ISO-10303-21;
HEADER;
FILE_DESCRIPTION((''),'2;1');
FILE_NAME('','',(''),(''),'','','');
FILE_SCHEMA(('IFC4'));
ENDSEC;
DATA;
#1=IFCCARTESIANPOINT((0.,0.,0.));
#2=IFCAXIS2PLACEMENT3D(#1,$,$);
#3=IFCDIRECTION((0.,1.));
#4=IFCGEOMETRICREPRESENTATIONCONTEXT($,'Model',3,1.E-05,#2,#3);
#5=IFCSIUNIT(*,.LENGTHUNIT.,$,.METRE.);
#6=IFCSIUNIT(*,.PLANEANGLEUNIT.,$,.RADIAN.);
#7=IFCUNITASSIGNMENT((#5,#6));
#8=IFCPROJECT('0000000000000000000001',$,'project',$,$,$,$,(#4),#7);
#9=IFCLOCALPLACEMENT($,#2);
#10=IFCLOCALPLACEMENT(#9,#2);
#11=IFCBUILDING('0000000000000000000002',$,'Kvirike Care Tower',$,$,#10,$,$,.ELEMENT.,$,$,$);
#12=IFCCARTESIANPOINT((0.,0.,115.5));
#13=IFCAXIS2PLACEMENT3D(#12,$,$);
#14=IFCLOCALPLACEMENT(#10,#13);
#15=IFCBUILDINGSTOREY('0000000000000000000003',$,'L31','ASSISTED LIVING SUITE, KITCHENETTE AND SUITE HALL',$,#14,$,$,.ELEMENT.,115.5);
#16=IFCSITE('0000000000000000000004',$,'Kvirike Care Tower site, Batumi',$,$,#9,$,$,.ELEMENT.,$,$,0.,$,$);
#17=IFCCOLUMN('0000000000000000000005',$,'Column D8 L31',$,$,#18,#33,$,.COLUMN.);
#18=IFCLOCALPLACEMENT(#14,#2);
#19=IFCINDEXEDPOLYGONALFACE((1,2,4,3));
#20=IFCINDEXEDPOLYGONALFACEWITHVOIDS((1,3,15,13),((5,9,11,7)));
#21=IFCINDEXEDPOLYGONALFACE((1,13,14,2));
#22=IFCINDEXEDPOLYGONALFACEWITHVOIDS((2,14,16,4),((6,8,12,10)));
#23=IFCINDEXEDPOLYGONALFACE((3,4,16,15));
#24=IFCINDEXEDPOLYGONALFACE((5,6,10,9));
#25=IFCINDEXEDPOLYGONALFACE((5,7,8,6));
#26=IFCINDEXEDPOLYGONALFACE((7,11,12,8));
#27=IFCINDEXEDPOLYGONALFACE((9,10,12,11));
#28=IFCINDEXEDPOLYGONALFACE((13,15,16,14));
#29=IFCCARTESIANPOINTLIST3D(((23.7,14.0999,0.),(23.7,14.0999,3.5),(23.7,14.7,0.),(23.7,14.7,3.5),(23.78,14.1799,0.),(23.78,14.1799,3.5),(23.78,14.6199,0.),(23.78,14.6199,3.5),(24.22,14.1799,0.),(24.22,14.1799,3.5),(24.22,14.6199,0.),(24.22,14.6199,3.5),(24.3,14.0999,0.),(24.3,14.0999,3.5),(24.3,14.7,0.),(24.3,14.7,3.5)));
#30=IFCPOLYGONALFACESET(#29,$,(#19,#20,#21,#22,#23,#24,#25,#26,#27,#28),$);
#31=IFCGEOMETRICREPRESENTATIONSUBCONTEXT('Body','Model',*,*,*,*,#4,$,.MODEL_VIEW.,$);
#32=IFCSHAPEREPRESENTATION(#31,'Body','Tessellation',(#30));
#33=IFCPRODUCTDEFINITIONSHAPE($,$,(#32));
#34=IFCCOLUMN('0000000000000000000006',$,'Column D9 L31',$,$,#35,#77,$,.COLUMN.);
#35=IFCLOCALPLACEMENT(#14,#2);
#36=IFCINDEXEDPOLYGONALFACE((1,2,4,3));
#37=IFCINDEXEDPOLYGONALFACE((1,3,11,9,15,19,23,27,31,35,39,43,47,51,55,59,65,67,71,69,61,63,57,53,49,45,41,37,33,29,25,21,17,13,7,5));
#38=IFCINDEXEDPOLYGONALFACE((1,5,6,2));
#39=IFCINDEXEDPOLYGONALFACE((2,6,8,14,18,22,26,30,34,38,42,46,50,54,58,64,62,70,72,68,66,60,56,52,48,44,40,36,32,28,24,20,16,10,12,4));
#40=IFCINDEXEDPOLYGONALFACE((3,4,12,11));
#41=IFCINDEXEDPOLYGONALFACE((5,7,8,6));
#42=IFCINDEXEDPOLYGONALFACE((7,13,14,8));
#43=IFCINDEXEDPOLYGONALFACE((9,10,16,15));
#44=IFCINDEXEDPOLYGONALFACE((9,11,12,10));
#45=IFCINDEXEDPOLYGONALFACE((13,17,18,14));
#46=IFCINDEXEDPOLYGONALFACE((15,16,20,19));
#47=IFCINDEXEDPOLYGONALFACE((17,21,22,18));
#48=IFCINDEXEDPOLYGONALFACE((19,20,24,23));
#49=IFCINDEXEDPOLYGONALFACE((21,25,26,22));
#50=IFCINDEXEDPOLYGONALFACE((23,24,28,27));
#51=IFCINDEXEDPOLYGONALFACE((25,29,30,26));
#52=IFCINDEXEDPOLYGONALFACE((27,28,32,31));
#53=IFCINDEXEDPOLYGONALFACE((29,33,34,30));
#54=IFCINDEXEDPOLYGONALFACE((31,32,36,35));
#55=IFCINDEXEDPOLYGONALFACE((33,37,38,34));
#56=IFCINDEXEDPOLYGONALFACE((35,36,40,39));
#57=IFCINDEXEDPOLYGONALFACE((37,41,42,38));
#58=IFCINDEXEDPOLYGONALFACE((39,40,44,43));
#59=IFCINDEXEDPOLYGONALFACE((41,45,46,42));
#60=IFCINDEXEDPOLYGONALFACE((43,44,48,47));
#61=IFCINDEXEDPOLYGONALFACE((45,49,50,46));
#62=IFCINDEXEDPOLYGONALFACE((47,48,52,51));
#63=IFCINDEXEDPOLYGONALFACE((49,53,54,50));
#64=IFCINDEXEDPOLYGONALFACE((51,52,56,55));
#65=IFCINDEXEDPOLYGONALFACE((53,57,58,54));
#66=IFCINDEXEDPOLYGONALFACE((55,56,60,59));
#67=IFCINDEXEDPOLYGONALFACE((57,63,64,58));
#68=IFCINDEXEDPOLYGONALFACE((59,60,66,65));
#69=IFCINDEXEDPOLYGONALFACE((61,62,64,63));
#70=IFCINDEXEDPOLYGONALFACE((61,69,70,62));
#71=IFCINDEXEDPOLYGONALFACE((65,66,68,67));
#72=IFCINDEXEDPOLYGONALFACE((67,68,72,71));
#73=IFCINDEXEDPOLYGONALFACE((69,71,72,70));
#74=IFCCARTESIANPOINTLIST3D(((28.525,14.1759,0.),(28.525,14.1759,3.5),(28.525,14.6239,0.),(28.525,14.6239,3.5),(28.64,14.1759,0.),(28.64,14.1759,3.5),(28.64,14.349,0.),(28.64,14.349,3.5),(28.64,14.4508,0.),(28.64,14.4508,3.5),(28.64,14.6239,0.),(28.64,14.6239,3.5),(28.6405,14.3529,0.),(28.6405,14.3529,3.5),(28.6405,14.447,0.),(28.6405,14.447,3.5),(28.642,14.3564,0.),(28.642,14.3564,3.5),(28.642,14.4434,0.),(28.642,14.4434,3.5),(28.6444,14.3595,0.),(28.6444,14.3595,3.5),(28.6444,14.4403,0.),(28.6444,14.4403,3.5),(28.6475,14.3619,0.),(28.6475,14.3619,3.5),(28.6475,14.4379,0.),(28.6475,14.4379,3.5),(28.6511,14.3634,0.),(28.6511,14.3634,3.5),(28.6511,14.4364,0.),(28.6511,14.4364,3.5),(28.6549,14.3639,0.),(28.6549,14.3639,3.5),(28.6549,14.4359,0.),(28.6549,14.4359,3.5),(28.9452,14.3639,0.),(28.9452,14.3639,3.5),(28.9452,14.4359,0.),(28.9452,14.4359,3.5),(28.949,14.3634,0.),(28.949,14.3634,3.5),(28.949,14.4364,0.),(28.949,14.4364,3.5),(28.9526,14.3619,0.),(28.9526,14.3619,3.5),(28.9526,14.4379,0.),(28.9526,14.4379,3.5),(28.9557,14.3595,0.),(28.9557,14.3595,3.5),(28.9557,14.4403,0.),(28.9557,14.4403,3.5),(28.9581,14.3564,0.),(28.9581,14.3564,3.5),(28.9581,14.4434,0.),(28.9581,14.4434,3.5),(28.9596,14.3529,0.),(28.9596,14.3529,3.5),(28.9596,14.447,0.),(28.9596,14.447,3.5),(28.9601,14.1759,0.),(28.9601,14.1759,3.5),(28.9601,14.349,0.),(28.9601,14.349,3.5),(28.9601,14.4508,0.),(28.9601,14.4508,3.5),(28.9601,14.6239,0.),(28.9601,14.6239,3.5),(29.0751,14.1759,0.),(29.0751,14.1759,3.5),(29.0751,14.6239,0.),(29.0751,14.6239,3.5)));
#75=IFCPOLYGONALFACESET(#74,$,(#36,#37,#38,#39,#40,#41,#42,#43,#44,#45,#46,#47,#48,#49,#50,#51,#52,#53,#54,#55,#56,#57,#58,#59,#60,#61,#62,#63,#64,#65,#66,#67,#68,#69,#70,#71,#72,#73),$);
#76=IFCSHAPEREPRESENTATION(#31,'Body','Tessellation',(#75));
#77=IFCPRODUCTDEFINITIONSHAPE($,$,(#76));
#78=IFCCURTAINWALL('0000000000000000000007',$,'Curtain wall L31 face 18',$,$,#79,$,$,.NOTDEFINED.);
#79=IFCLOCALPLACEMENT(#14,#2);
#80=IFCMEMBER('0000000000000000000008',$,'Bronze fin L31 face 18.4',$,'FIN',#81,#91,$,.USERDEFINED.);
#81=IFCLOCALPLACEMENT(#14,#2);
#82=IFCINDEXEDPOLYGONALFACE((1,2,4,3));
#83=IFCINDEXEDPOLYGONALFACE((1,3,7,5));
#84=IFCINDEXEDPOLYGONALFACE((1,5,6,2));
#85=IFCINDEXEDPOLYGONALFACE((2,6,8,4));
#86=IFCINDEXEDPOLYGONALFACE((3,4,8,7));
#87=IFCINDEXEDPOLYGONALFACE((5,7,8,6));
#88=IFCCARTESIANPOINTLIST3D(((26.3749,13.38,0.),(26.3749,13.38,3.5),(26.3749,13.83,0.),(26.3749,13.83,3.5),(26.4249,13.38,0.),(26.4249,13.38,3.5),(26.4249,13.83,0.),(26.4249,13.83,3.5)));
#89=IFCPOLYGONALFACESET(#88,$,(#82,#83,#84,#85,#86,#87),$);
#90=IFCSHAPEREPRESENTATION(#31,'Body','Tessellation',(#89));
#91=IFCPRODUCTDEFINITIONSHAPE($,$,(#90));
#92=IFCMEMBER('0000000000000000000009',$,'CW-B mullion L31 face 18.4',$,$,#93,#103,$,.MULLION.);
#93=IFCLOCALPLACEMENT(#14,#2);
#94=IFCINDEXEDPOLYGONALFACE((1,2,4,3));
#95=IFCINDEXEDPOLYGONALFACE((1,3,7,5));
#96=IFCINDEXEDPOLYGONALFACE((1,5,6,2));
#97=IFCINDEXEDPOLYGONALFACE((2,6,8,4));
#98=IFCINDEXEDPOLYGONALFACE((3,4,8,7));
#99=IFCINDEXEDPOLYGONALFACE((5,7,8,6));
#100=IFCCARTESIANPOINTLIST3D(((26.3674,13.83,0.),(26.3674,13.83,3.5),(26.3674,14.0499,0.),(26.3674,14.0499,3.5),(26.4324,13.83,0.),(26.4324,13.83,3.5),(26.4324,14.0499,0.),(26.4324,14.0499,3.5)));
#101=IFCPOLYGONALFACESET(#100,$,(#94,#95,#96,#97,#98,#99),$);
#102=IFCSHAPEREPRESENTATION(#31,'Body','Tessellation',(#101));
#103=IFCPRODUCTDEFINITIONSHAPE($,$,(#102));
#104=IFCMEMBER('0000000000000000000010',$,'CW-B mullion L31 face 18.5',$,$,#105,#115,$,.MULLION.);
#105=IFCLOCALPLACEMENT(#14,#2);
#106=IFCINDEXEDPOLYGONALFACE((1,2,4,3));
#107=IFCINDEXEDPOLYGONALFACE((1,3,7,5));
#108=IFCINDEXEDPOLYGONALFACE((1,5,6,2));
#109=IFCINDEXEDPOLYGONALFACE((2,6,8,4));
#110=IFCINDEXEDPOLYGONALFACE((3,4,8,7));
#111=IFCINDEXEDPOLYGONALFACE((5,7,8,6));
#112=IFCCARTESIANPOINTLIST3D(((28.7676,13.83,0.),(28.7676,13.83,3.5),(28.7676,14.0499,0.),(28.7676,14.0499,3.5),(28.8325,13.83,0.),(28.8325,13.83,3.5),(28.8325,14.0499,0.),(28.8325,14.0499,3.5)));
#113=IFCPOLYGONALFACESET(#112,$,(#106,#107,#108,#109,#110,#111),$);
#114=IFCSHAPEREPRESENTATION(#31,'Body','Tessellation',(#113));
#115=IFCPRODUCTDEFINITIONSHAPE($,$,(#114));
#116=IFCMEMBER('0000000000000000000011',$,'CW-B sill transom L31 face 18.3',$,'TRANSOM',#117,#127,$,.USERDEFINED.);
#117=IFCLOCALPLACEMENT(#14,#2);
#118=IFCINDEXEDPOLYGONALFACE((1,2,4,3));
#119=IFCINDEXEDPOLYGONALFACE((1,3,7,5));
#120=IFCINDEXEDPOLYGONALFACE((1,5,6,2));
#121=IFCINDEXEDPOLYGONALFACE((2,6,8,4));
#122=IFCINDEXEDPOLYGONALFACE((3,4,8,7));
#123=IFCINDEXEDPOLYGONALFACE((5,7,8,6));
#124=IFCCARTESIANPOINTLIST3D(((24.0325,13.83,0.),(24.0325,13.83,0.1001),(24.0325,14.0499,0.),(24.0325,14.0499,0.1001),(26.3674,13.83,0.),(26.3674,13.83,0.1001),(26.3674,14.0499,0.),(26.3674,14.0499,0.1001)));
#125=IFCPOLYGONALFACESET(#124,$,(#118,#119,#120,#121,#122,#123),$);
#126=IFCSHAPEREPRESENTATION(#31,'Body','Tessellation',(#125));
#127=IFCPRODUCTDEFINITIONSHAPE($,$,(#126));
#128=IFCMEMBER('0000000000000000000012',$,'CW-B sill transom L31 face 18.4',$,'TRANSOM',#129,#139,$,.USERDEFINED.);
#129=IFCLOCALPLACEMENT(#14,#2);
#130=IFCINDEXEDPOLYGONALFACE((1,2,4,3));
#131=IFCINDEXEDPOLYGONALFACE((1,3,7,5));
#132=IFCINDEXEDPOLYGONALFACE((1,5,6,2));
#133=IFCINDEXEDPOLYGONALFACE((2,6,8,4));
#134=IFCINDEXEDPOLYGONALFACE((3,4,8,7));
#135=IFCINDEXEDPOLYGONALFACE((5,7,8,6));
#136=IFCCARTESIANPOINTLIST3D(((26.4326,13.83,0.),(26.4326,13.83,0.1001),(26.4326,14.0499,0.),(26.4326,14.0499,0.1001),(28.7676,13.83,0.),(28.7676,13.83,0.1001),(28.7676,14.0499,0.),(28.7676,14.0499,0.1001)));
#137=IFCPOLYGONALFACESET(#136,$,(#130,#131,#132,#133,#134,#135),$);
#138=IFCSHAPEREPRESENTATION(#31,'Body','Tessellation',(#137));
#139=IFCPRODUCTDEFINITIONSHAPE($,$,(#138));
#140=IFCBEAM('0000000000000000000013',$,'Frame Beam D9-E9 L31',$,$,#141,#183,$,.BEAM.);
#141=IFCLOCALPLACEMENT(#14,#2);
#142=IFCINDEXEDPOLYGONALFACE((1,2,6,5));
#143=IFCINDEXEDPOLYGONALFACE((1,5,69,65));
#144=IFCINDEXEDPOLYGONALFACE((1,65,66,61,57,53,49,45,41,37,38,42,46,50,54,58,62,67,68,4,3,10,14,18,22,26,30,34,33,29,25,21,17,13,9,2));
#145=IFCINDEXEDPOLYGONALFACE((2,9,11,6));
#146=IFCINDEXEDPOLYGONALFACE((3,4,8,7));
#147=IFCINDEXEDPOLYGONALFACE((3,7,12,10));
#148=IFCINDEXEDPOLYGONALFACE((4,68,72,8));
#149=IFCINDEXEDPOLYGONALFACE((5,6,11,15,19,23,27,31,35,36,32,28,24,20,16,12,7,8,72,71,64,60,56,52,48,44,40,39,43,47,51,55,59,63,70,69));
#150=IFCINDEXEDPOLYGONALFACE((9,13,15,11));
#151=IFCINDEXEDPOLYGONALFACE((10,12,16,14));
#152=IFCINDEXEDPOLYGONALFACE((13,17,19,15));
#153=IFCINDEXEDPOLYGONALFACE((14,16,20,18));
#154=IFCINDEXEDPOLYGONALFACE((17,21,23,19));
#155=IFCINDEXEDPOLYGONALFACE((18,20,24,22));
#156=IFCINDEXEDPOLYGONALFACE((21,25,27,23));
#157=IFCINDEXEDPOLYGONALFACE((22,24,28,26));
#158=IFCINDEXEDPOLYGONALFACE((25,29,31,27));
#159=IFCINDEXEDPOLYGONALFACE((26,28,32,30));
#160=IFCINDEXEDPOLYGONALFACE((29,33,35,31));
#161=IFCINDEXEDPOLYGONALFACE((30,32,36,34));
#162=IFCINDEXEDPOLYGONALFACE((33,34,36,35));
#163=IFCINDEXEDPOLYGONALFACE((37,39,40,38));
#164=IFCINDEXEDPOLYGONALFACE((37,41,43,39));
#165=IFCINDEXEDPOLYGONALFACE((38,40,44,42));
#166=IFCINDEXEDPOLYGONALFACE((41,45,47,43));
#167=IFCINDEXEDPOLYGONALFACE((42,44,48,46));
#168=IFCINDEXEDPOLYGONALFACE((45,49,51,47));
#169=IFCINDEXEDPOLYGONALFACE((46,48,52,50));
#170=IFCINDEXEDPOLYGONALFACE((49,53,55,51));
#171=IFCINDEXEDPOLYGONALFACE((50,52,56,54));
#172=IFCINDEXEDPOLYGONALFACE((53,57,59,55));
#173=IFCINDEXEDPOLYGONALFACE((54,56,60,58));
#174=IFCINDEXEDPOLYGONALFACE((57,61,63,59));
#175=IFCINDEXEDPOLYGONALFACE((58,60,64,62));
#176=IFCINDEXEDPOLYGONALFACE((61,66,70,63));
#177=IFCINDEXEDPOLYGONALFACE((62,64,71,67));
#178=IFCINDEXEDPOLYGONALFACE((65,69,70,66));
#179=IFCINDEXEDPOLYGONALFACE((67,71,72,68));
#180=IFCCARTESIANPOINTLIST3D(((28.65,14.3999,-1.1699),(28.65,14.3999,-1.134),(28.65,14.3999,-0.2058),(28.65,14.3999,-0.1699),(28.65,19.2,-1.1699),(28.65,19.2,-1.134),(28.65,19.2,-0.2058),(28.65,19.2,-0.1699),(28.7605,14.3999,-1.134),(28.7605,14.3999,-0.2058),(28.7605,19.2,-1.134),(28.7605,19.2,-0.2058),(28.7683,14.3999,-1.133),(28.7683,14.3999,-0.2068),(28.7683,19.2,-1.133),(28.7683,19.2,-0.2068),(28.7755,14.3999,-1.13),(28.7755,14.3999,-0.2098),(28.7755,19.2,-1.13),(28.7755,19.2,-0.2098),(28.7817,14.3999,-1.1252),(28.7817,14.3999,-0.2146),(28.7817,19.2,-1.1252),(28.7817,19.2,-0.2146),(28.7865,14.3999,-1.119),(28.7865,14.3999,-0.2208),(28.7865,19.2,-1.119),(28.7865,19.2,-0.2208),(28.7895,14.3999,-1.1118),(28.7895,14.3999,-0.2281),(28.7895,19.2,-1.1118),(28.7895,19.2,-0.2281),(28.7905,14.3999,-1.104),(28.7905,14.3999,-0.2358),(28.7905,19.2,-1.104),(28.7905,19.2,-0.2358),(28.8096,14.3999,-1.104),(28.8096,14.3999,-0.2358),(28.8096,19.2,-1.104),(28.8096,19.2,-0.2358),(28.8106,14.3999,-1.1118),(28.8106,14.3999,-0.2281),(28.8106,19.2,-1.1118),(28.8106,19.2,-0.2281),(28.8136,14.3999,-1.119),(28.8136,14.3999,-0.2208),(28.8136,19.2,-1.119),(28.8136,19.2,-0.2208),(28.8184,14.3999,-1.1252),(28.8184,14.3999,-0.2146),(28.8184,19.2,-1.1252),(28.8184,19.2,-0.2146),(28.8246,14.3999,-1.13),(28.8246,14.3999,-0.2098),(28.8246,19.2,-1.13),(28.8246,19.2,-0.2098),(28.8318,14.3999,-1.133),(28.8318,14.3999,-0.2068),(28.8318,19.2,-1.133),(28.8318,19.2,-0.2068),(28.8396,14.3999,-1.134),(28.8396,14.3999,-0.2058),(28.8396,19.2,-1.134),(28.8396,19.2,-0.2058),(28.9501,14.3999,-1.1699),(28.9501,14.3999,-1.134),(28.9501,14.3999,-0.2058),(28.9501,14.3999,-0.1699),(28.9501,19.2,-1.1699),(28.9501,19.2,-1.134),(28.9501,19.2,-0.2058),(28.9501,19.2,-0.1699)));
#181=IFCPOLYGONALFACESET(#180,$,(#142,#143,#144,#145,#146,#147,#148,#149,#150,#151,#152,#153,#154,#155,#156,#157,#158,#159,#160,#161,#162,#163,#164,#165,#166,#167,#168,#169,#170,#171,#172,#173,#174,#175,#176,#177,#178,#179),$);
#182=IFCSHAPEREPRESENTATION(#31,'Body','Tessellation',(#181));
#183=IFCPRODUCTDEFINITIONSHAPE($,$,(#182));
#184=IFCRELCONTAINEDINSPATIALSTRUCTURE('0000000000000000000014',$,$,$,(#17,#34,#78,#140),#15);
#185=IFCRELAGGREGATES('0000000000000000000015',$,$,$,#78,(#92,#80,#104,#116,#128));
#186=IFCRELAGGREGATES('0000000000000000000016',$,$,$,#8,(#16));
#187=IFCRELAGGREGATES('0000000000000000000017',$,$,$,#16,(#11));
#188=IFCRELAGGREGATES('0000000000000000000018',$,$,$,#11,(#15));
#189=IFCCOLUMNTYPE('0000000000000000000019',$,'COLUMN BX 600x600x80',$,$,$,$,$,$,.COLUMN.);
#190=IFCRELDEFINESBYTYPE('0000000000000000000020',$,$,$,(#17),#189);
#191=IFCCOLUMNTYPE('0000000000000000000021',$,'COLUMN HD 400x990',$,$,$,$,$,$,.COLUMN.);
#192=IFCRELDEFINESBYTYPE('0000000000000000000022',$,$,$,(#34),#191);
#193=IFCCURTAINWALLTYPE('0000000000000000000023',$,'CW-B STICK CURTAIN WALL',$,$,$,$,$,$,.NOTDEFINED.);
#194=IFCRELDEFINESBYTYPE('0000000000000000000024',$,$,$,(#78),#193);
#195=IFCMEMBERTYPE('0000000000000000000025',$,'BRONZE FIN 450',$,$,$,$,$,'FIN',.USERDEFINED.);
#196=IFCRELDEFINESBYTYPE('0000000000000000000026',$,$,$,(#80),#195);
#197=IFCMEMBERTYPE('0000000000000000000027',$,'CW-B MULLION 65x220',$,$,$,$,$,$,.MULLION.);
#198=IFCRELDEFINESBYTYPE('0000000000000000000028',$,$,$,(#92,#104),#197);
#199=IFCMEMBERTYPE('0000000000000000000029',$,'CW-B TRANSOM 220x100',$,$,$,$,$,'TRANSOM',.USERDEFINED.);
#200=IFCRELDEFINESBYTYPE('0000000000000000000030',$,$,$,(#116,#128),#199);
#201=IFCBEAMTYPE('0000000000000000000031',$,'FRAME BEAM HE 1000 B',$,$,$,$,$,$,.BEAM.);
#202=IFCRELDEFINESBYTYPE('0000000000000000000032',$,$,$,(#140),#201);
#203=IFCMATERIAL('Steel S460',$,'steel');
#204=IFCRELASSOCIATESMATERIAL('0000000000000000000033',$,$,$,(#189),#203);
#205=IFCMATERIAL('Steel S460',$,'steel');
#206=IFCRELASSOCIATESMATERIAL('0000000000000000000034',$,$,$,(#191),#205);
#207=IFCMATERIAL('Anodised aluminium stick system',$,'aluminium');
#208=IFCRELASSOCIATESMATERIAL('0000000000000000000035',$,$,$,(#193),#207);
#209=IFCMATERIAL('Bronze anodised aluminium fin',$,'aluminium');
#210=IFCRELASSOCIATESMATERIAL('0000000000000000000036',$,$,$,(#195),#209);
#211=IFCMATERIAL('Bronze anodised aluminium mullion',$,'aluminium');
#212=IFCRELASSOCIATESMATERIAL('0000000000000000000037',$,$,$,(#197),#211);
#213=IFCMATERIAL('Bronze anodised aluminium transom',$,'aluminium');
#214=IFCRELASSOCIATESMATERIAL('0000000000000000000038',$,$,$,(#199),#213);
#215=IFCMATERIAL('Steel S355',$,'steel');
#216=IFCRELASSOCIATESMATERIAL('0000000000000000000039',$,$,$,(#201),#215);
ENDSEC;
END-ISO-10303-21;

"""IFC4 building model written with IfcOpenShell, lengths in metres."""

from ifc_helpers import new_model, si_unit, direction, frame, origin, origin_2d, place, context, subcontext, project, spatial, rectangle, hollow_rectangle, i_section, extrude, material, material_profile, profile_set, type_object, element, aggregate, save


model = new_model("IFC4")

# Units and contexts
model_context = context("Model", 3, precision=1e-05, world=origin(), true_north=direction((0.0, 1.0)))
body_context = subcontext(model_context, "Body", "Model", "MODEL_VIEW")
ifc_project = project(units=[si_unit("LENGTHUNIT", "METRE"), si_unit("PLANEANGLEUNIT", "RADIAN")], contexts=[model_context])

# Site, building, storey
site_placement = place(None, origin())
site = spatial("IfcSite", under=ifc_project, at=site_placement, Name="Kvirike Care Tower site, Batumi", CompositionType="ELEMENT", RefElevation=0.0)
building_placement = place(site_placement, origin())
building = spatial("IfcBuilding", under=site, at=building_placement, Name="Kvirike Care Tower", CompositionType="ELEMENT")
storey_placement = place(building_placement, frame((0.0, 0.0, 115.5)))
storey = spatial("IfcBuildingStorey", under=building, at=storey_placement, Name="L31", Description="ASSISTED LIVING SUITE, KITCHENETTE AND SUITE HALL", CompositionType="ELEMENT", Elevation=115.5)

# Columns
ifc_material_1 = material(Name="Steel S460", Category="steel")
ifc_material_profile_1 = material_profile(ifc_material_1, hollow_rectangle(XDim=0.6001, YDim=0.6001, WallThickness=0.0801, at=origin_2d()), Name="BX 600x600x80")
ifc_profile_set_1 = profile_set([ifc_material_profile_1], Name="Steel S460")
column_type_1 = type_object("IfcColumnType", Name="COLUMN BX 600x600x80", PredefinedType="COLUMN", material=ifc_profile_set_1)
column_1_placement = place(storey_placement, frame((24.0, 14.3999, 0.0), z_axis=(0.0, 0.0, 1.0), x_axis=(0.0, 1.0, 0.0)))
element("IfcColumn", 1, at=column_1_placement, inside=storey, type_object=column_type_1, Name="Column D8 L31", PredefinedType="COLUMN", context=body_context, shape_type="SweptSolid", body=[
    extrude(hollow_rectangle(XDim=0.6001, YDim=0.6001, WallThickness=0.0801, at=origin_2d()), origin(), (0.0, 0.0, 1.0), 3.5),
])
ifc_material_2 = material(Name="Steel S460", Category="steel")
ifc_material_profile_2 = material_profile(ifc_material_2, i_section(OverallWidth=0.448, OverallDepth=0.55, WebThickness=0.072, FlangeThickness=0.115, FilletRadius=0.0149, at=origin_2d()), Name="HD 400x990")
ifc_profile_set_2 = profile_set([ifc_material_profile_2], Name="Steel S460")
column_type_2 = type_object("IfcColumnType", Name="COLUMN HD 400x990", PredefinedType="COLUMN", material=ifc_profile_set_2)
column_2_placement = place(storey_placement, frame((28.8, 14.3999, 0.0), z_axis=(0.0, 0.0, 1.0), x_axis=(0.0, 1.0, 0.0)))
element("IfcColumn", 2, at=column_2_placement, inside=storey, type_object=column_type_2, Name="Column D9 L31", PredefinedType="COLUMN", context=body_context, shape_type="SweptSolid", body=[
    extrude(i_section(OverallWidth=0.448, OverallDepth=0.55, WebThickness=0.072, FlangeThickness=0.115, FilletRadius=0.0149, at=origin_2d()), origin(), (0.0, 0.0, 1.0), 3.5),
])

# Curtain wall, members
ifc_material_3 = material(Name="Anodised aluminium stick system", Category="aluminium")
curtain_wall_type = type_object("IfcCurtainWallType", Name="CW-B STICK CURTAIN WALL", PredefinedType="NOTDEFINED", material=ifc_material_3)
curtain_wall_placement = place(storey_placement, origin())
curtain_wall = element("IfcCurtainWall", 3, at=curtain_wall_placement, inside=storey, type_object=curtain_wall_type, Name="Curtain wall L31 face 18", PredefinedType="NOTDEFINED")
ifc_material_4 = material(Name="Bronze anodised aluminium fin", Category="aluminium")
ifc_material_profile_3 = material_profile(ifc_material_4, rectangle(XDim=0.05, YDim=0.45, at=origin_2d()), Name="BRONZE FIN 450")
ifc_profile_set_3 = profile_set([ifc_material_profile_3], Name="Bronze anodised aluminium fin")
member_type_1 = type_object("IfcMemberType", Name="BRONZE FIN 450", ElementType="FIN", PredefinedType="USERDEFINED", material=ifc_profile_set_3)
member_1_placement = place(storey_placement, frame((26.3999, 13.605, 0.0), z_axis=(0.0, 0.0, 1.0), x_axis=(1.0, 0.0, 0.0)))
member_1 = element("IfcMember", 4, at=member_1_placement, type_object=member_type_1, Name="Bronze fin L31 face 18.4", ObjectType="FIN", PredefinedType="USERDEFINED", context=body_context, shape_type="SweptSolid", body=[
    extrude(rectangle(XDim=0.05, YDim=0.45, at=origin_2d()), origin(), (0.0, 0.0, 1.0), 3.5),
])
ifc_material_5 = material(Name="Bronze anodised aluminium mullion", Category="aluminium")
ifc_material_profile_4 = material_profile(ifc_material_5, rectangle(XDim=0.0649, YDim=0.22, at=origin_2d()), Name="CW-B MULLION 65x220")
ifc_profile_set_4 = profile_set([ifc_material_profile_4], Name="Bronze anodised aluminium mullion")
member_type_2 = type_object("IfcMemberType", Name="CW-B MULLION 65x220", PredefinedType="MULLION", material=ifc_profile_set_4)
member_2_placement = place(storey_placement, frame((26.3999, 13.9399, 0.0), z_axis=(0.0, 0.0, 1.0), x_axis=(1.0, 0.0, 0.0)))
member_2 = element("IfcMember", 5, at=member_2_placement, type_object=member_type_2, Name="CW-B mullion L31 face 18.4", PredefinedType="MULLION", context=body_context, shape_type="SweptSolid", body=[
    extrude(rectangle(XDim=0.0649, YDim=0.22, at=origin_2d()), origin(), (0.0, 0.0, 1.0), 3.5),
])
member_3_placement = place(storey_placement, frame((28.8, 13.9399, 0.0), z_axis=(0.0, 0.0, 1.0), x_axis=(1.0, 0.0, 0.0)))
member_3 = element("IfcMember", 6, at=member_3_placement, type_object=member_type_2, Name="CW-B mullion L31 face 18.5", PredefinedType="MULLION", context=body_context, shape_type="SweptSolid", body=[
    extrude(rectangle(XDim=0.0649, YDim=0.22, at=origin_2d()), origin(), (0.0, 0.0, 1.0), 3.5),
])
ifc_material_6 = material(Name="Bronze anodised aluminium transom", Category="aluminium")
ifc_material_profile_5 = material_profile(ifc_material_6, rectangle(XDim=0.22, YDim=0.1001, at=origin_2d()), Name="CW-B TRANSOM 220x100")
ifc_profile_set_5 = profile_set([ifc_material_profile_5], Name="Bronze anodised aluminium transom")
member_type_3 = type_object("IfcMemberType", Name="CW-B TRANSOM 220x100", ElementType="TRANSOM", PredefinedType="USERDEFINED", material=ifc_profile_set_5)
member_4_placement = place(storey_placement, frame((24.0325, 13.9399, 0.05), z_axis=(1.0, 0.0, 0.0), x_axis=(0.0, 1.0, 0.0)))
member_4 = element("IfcMember", 7, at=member_4_placement, type_object=member_type_3, Name="CW-B sill transom L31 face 18.3", ObjectType="TRANSOM", PredefinedType="USERDEFINED", context=body_context, shape_type="SweptSolid", body=[
    extrude(rectangle(XDim=0.22, YDim=0.1001, at=origin_2d()), origin(), (0.0, 0.0, 1.0), 2.335),
])
member_5_placement = place(storey_placement, frame((26.4326, 13.9399, 0.05), z_axis=(1.0, 0.0, 0.0), x_axis=(0.0, 1.0, 0.0)))
member_5 = element("IfcMember", 8, at=member_5_placement, type_object=member_type_3, Name="CW-B sill transom L31 face 18.4", ObjectType="TRANSOM", PredefinedType="USERDEFINED", context=body_context, shape_type="SweptSolid", body=[
    extrude(rectangle(XDim=0.22, YDim=0.1001, at=origin_2d()), origin(), (0.0, 0.0, 1.0), 2.335),
])

# Beam
ifc_material_7 = material(Name="Steel S355", Category="steel")
ifc_material_profile_6 = material_profile(ifc_material_7, i_section(OverallWidth=0.3, OverallDepth=1.0, WebThickness=0.019, FlangeThickness=0.0359, FilletRadius=0.03, at=origin_2d()), Name="HE 1000 B")
ifc_profile_set_6 = profile_set([ifc_material_profile_6], Name="Steel S355")
beam_type_1 = type_object("IfcBeamType", Name="FRAME BEAM HE 1000 B", PredefinedType="BEAM", material=ifc_profile_set_6)
beam_placement = place(storey_placement, frame((28.8, 14.3999, -0.6699), z_axis=(0.0, 1.0, 0.0), x_axis=(-1.0, 0.0, 0.0)))
element("IfcBeam", 9, at=beam_placement, inside=storey, type_object=beam_type_1, Name="Frame Beam D9-E9 L31", PredefinedType="BEAM", context=body_context, shape_type="SweptSolid", body=[
    extrude(i_section(OverallWidth=0.3, OverallDepth=1.0, WebThickness=0.019, FlangeThickness=0.0359, FilletRadius=0.03, at=origin_2d()), origin(), (0.0, 0.0, 1.0), 4.8),
])

aggregate(curtain_wall, [member_2, member_1, member_3, member_4, member_5])

save(model, "model.ifc")
